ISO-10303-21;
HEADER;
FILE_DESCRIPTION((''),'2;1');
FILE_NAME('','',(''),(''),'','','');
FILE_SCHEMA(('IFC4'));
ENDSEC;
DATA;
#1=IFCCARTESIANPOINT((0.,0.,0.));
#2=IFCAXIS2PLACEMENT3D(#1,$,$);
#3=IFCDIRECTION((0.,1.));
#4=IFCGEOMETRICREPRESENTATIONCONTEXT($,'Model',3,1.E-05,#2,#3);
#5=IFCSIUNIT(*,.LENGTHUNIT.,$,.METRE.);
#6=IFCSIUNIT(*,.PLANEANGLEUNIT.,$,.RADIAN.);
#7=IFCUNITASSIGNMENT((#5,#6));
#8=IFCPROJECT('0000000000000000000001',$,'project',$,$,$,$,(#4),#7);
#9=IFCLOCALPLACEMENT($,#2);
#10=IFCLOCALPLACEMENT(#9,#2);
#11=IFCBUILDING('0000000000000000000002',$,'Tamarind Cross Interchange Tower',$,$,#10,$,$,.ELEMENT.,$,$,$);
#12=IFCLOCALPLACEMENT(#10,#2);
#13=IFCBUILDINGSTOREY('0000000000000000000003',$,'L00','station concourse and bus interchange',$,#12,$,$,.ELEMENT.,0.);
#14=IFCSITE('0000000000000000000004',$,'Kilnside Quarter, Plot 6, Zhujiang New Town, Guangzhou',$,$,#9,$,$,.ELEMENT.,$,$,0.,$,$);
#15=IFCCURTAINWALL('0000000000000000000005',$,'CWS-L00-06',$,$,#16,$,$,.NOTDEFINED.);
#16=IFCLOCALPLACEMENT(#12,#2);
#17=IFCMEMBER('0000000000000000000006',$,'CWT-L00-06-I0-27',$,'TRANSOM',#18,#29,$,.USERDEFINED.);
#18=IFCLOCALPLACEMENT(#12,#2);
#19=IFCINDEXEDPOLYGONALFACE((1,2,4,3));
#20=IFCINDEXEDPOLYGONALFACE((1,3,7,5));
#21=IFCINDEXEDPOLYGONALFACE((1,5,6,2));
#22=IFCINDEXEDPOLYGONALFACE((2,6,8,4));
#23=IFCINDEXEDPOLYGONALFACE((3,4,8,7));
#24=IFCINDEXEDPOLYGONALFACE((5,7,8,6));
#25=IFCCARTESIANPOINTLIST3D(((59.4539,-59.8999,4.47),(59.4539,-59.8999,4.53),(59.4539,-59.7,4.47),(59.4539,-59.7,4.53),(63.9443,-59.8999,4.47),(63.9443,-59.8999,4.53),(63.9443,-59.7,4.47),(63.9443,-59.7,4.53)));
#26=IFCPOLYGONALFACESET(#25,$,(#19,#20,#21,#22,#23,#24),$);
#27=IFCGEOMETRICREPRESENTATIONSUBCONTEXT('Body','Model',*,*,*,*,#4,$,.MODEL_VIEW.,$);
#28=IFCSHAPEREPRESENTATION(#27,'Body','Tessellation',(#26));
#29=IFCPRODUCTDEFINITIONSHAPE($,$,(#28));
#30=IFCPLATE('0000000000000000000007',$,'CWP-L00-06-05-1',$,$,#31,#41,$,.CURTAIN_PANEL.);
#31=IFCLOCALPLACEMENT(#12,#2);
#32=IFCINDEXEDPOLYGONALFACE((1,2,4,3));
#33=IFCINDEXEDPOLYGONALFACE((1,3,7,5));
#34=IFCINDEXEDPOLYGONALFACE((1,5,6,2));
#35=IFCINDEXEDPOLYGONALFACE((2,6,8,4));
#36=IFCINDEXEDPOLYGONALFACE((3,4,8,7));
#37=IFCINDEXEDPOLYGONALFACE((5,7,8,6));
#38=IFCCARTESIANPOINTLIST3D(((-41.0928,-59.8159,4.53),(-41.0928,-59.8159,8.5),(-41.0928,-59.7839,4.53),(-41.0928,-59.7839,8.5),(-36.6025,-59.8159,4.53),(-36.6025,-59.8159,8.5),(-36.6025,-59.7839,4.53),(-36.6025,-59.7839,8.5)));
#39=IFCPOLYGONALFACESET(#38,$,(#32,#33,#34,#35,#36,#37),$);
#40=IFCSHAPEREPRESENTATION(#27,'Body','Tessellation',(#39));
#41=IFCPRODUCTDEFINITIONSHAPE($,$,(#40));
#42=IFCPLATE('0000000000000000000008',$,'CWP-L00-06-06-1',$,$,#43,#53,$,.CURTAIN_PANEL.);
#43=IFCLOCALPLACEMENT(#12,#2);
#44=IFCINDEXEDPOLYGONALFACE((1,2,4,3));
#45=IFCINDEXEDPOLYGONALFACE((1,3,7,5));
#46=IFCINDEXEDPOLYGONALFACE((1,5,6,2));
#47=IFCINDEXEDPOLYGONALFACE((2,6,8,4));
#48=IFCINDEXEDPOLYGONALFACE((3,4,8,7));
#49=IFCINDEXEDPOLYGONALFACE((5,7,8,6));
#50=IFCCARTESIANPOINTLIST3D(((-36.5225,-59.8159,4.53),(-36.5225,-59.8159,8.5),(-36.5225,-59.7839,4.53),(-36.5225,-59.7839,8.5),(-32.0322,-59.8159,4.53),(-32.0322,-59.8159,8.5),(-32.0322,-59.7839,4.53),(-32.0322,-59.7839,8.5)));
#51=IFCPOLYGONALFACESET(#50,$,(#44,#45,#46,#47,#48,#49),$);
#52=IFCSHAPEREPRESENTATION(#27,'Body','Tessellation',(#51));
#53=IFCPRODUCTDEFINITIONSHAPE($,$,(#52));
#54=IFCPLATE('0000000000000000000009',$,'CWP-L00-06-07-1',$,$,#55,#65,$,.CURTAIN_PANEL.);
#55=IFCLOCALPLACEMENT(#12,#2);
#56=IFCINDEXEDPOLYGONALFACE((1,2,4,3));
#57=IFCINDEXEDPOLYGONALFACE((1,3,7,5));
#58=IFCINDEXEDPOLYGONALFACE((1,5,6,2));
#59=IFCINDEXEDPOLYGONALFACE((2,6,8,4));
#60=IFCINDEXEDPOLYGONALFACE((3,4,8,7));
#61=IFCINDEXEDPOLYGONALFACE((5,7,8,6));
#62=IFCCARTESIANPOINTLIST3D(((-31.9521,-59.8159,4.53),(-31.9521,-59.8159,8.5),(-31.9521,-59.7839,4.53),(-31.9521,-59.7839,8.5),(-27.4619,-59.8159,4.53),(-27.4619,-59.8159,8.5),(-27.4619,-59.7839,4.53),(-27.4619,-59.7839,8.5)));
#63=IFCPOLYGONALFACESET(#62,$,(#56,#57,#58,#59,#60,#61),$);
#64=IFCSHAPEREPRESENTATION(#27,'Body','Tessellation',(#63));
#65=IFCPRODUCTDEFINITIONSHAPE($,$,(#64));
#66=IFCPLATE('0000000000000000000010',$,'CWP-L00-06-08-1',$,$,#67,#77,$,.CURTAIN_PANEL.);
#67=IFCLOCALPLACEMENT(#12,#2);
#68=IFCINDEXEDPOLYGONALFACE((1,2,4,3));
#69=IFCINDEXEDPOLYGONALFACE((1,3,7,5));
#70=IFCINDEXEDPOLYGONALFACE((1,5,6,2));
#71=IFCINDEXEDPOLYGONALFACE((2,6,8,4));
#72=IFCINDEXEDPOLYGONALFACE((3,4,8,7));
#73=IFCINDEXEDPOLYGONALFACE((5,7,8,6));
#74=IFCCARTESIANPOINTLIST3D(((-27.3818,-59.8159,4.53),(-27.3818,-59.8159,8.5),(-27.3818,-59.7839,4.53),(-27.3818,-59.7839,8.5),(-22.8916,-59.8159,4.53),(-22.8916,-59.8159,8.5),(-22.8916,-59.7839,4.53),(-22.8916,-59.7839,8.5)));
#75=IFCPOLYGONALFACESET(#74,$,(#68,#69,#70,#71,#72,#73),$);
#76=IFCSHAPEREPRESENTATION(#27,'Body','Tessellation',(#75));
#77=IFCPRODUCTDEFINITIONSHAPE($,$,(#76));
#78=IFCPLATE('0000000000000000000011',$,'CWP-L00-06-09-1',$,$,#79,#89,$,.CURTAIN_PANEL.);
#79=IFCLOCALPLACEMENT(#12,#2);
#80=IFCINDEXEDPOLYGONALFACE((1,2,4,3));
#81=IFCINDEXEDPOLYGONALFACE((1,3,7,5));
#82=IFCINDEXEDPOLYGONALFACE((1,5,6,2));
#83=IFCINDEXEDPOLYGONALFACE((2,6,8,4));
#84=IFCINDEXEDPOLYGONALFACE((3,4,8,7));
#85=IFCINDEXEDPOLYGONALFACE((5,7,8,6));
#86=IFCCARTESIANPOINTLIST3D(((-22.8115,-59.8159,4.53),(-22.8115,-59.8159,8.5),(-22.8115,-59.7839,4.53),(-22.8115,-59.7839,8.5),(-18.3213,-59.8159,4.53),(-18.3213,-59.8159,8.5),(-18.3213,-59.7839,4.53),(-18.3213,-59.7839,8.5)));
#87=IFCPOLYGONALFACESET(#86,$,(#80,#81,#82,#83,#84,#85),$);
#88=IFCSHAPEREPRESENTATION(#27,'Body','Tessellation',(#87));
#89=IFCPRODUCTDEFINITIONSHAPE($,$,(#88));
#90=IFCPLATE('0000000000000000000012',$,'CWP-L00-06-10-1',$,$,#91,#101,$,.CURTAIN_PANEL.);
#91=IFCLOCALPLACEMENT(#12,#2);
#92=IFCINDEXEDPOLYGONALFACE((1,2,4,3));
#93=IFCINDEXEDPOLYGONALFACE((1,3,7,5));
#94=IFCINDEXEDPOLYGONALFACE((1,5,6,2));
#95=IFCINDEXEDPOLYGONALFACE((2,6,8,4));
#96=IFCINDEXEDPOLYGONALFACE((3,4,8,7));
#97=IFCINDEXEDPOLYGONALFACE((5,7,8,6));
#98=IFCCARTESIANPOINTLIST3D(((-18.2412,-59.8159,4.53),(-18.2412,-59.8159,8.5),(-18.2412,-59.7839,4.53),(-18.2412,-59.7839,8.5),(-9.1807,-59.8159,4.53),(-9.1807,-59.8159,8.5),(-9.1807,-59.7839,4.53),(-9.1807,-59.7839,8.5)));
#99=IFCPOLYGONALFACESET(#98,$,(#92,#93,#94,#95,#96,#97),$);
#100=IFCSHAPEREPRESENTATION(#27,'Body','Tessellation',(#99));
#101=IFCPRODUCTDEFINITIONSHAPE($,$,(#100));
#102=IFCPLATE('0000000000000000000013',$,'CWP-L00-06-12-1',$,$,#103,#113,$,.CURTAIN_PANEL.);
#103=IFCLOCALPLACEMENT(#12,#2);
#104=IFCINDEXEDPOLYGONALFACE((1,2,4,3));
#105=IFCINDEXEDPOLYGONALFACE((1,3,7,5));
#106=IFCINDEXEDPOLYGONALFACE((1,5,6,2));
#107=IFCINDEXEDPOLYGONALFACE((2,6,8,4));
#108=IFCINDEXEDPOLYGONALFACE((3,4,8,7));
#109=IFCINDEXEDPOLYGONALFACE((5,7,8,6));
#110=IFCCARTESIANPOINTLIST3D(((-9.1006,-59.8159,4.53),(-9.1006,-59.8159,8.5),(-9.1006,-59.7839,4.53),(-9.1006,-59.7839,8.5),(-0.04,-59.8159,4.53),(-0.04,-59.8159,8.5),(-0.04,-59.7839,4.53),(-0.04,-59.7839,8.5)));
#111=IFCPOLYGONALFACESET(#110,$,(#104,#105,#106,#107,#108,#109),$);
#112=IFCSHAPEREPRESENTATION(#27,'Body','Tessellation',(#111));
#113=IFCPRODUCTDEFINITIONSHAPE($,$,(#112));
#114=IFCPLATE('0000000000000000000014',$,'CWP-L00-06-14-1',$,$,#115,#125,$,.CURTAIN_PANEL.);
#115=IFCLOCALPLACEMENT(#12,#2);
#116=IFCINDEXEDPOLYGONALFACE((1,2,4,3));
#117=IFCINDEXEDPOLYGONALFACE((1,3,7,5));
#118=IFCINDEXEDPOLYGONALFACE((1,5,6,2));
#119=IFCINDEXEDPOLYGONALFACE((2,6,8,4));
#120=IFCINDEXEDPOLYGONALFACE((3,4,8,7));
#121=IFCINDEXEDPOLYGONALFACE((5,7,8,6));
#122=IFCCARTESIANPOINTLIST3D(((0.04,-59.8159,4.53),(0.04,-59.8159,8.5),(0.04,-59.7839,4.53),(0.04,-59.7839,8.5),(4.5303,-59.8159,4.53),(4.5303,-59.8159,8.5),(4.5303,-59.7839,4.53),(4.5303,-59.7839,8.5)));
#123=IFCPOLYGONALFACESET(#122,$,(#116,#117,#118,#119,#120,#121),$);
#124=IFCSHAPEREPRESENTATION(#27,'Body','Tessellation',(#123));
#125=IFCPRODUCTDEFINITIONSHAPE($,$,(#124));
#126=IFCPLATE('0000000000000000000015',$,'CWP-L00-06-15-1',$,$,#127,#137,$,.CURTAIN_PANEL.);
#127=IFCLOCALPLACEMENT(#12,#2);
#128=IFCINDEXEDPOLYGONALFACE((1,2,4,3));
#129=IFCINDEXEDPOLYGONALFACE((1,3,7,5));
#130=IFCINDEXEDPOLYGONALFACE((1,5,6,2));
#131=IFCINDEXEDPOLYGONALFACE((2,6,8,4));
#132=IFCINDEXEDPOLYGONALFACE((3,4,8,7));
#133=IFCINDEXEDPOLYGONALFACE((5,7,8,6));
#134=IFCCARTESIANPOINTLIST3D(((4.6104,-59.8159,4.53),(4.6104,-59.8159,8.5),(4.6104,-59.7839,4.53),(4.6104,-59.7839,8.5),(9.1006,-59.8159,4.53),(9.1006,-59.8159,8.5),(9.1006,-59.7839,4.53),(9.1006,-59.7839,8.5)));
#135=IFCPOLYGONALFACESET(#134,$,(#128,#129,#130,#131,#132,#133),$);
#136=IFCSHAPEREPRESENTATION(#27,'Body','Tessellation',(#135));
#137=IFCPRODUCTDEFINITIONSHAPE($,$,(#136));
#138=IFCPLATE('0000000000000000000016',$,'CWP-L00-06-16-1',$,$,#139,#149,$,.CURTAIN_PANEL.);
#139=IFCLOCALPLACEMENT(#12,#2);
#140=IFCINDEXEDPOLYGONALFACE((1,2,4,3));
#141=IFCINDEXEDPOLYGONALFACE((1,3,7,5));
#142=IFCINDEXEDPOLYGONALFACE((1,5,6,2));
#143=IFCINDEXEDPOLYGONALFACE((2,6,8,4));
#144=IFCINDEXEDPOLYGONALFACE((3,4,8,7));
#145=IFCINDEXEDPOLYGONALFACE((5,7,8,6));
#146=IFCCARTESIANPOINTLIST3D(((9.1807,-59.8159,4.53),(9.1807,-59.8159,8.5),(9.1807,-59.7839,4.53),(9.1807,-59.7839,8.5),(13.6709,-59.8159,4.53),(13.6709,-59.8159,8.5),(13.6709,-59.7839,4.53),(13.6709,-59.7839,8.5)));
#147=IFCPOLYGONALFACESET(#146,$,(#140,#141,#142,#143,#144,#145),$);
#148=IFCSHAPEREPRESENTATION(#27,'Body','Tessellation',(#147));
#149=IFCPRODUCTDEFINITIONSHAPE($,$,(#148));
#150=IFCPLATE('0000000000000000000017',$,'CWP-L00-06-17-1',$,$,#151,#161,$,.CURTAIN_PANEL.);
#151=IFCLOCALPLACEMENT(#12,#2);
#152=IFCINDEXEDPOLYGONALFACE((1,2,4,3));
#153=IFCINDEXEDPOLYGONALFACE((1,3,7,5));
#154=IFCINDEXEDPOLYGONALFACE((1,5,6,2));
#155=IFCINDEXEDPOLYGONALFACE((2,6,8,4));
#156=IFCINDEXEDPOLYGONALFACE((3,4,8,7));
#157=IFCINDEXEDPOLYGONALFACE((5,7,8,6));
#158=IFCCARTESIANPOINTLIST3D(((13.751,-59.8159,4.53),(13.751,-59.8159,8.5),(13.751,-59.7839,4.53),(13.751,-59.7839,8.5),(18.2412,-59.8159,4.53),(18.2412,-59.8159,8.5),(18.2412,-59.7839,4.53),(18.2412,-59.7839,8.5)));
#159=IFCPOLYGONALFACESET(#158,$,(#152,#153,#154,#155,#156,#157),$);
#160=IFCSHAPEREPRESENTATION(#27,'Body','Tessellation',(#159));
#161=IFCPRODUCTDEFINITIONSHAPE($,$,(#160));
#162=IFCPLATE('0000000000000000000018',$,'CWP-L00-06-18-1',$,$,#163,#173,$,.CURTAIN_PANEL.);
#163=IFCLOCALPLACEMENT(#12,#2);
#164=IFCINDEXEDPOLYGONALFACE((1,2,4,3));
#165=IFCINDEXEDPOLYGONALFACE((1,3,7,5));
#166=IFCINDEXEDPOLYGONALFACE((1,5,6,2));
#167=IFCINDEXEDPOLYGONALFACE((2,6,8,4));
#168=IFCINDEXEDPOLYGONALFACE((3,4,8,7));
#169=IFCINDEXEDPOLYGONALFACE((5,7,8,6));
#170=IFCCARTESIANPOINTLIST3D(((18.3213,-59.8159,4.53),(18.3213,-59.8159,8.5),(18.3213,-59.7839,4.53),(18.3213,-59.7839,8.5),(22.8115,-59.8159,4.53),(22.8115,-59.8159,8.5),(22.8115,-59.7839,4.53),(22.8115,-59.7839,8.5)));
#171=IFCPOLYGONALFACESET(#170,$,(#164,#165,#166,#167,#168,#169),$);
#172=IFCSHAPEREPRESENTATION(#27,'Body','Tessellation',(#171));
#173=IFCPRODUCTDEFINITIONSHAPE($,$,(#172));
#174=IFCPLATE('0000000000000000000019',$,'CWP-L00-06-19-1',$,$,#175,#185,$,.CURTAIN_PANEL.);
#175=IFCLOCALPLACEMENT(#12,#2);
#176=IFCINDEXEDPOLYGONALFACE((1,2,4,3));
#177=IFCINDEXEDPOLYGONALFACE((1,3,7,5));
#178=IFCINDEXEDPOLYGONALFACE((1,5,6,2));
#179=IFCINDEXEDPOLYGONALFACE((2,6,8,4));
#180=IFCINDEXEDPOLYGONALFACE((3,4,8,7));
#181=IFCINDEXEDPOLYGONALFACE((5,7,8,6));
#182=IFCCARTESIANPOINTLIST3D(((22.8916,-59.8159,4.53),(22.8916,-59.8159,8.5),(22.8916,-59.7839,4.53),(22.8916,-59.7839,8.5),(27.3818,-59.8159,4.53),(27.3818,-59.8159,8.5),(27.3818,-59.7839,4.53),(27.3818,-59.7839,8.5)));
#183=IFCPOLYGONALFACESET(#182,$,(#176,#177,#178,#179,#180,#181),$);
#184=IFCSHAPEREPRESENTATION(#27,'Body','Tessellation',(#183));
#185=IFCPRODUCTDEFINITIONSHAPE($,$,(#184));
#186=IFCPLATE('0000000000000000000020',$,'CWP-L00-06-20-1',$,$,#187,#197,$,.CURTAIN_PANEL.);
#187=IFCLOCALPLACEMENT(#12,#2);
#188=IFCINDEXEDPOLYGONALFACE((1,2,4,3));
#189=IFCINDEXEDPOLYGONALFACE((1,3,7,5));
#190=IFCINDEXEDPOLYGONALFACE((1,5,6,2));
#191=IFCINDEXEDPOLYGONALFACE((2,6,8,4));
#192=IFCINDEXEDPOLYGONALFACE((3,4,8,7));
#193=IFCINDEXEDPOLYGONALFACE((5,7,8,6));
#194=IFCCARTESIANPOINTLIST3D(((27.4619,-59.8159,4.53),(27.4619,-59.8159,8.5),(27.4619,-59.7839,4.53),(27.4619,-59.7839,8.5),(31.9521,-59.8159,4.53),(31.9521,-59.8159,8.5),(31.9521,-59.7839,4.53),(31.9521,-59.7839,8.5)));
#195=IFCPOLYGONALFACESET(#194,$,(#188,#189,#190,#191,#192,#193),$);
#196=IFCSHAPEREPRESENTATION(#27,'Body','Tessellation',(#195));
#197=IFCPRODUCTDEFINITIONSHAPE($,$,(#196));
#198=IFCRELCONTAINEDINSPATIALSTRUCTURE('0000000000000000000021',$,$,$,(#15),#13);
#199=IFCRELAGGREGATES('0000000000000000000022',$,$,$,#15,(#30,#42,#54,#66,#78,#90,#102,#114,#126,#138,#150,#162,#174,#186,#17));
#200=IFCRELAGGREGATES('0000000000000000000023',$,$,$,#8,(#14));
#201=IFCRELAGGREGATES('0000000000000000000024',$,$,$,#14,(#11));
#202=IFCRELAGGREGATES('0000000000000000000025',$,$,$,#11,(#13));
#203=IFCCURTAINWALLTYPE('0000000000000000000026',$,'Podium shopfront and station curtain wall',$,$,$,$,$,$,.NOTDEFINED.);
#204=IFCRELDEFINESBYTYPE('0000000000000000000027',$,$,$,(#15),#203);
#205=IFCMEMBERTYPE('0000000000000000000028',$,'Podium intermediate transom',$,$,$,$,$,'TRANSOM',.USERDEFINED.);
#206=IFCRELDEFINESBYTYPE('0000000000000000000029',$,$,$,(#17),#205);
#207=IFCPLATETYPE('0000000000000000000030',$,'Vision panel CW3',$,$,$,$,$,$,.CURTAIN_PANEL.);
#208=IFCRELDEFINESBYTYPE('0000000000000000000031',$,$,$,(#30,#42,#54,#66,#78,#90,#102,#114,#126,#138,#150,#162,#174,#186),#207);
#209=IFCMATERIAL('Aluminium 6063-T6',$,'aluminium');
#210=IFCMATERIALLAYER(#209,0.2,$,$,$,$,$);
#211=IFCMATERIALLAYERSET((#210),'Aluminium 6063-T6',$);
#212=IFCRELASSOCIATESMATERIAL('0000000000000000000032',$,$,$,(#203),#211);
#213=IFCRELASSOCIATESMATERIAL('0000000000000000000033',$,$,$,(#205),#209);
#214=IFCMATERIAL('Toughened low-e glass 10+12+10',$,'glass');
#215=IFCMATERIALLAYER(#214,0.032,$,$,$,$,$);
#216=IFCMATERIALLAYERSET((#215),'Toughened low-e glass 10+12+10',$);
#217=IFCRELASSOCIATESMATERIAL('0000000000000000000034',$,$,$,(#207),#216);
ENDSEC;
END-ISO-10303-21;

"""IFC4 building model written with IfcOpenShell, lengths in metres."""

from ifc_helpers import new_model, si_unit, direction, frame, origin, place, context, subcontext, project, spatial, polyline, outline, extrude, material, layer, layer_set, type_object, element, aggregate, save


model = new_model("IFC4")

# Units and contexts
model_context = context("Model", 3, precision=1e-05, world=origin(), true_north=direction((0.0, 1.0)))
body_context = subcontext(model_context, "Body", "Model", "MODEL_VIEW")
ifc_project = project(units=[si_unit("LENGTHUNIT", "METRE"), si_unit("PLANEANGLEUNIT", "RADIAN")], contexts=[model_context])

# Site, building, storey
site_placement = place(None, origin())
site = spatial("IfcSite", under=ifc_project, at=site_placement, Name="Kilnside Quarter, Plot 6, Zhujiang New Town, Guangzhou", CompositionType="ELEMENT", RefElevation=0.0)
building_placement = place(site_placement, origin())
building = spatial("IfcBuilding", under=site, at=building_placement, Name="Tamarind Cross Interchange Tower", CompositionType="ELEMENT")
storey_placement = place(building_placement, origin())
storey = spatial("IfcBuildingStorey", under=building, at=storey_placement, Name="L00", Description="station concourse and bus interchange", CompositionType="ELEMENT", Elevation=0.0)

# Curtain wall, member, plates
ifc_material_1 = material(Name="Aluminium 6063-T6", Category="aluminium")
ifc_layer_1 = layer(ifc_material_1, 0.2)
ifc_layer_set_1 = layer_set([ifc_layer_1], Name="Aluminium 6063-T6")
curtain_wall_type = type_object("IfcCurtainWallType", Name="Podium shopfront and station curtain wall", PredefinedType="NOTDEFINED", material=ifc_layer_set_1)
curtain_wall_placement = place(storey_placement, origin())
curtain_wall = element("IfcCurtainWall", 1, at=curtain_wall_placement, inside=storey, type_object=curtain_wall_type, Name="CWS-L00-06", PredefinedType="NOTDEFINED")
member_type = type_object("IfcMemberType", Name="Podium intermediate transom", ElementType="TRANSOM", PredefinedType="USERDEFINED", material=ifc_material_1)
member_1_placement = place(storey_placement, frame((0.0, 0.0, 4.47)))
member_1 = element("IfcMember", 2, at=member_1_placement, type_object=member_type, Name="CWT-L00-06-I0-27", ObjectType="TRANSOM", PredefinedType="USERDEFINED", context=body_context, shape_type="SweptSolid", body=[
    extrude(outline(polyline([(59.4539, -59.7), (63.9443, -59.7), (63.9443, -59.8999), (59.4539, -59.8999), (59.4539, -59.7)])), origin(), (0.0, 0.0, 1.0), 0.0601),
])
ifc_material_2 = material(Name="Toughened low-e glass 10+12+10", Category="glass")
ifc_layer_2 = layer(ifc_material_2, 0.032)
ifc_layer_set_2 = layer_set([ifc_layer_2], Name="Toughened low-e glass 10+12+10")
plate_type = type_object("IfcPlateType", Name="Vision panel CW3", PredefinedType="CURTAIN_PANEL", material=ifc_layer_set_2)
plate_1_placement = place(storey_placement, frame((0.0, 0.0, 4.53)))
plate_1 = element("IfcPlate", 3, at=plate_1_placement, type_object=plate_type, Name="CWP-L00-06-05-1", PredefinedType="CURTAIN_PANEL", context=body_context, shape_type="SweptSolid", body=[
    extrude(outline(polyline([(-41.0928, -59.7839), (-36.6025, -59.7839), (-36.6025, -59.8159), (-41.0928, -59.8159), (-41.0928, -59.7839)])), origin(), (0.0, 0.0, 1.0), 3.97),
])
plate_2_placement = place(storey_placement, frame((0.0, 0.0, 4.53)))
plate_2 = element("IfcPlate", 4, at=plate_2_placement, type_object=plate_type, Name="CWP-L00-06-06-1", PredefinedType="CURTAIN_PANEL", context=body_context, shape_type="SweptSolid", body=[
    extrude(outline(polyline([(-36.5225, -59.7839), (-32.0322, -59.7839), (-32.0322, -59.8159), (-36.5225, -59.8159), (-36.5225, -59.7839)])), origin(), (0.0, 0.0, 1.0), 3.97),
])
plate_3_placement = place(storey_placement, frame((0.0, 0.0, 4.53)))
plate_3 = element("IfcPlate", 5, at=plate_3_placement, type_object=plate_type, Name="CWP-L00-06-07-1", PredefinedType="CURTAIN_PANEL", context=body_context, shape_type="SweptSolid", body=[
    extrude(outline(polyline([(-31.9521, -59.7839), (-27.4619, -59.7839), (-27.4619, -59.8159), (-31.9521, -59.8159), (-31.9521, -59.7839)])), origin(), (0.0, 0.0, 1.0), 3.97),
])
plate_4_placement = place(storey_placement, frame((0.0, 0.0, 4.53)))
plate_4 = element("IfcPlate", 6, at=plate_4_placement, type_object=plate_type, Name="CWP-L00-06-08-1", PredefinedType="CURTAIN_PANEL", context=body_context, shape_type="SweptSolid", body=[
    extrude(outline(polyline([(-27.3818, -59.7839), (-22.8916, -59.7839), (-22.8916, -59.8159), (-27.3818, -59.8159), (-27.3818, -59.7839)])), origin(), (0.0, 0.0, 1.0), 3.97),
])
plate_5_placement = place(storey_placement, frame((0.0, 0.0, 4.53)))
plate_5 = element("IfcPlate", 7, at=plate_5_placement, type_object=plate_type, Name="CWP-L00-06-09-1", PredefinedType="CURTAIN_PANEL", context=body_context, shape_type="SweptSolid", body=[
    extrude(outline(polyline([(-22.8115, -59.7839), (-18.3213, -59.7839), (-18.3213, -59.8159), (-22.8115, -59.8159), (-22.8115, -59.7839)])), origin(), (0.0, 0.0, 1.0), 3.97),
])
plate_6_placement = place(storey_placement, frame((0.0, 0.0, 4.53)))
plate_6 = element("IfcPlate", 8, at=plate_6_placement, type_object=plate_type, Name="CWP-L00-06-10-1", PredefinedType="CURTAIN_PANEL", context=body_context, shape_type="SweptSolid", body=[
    extrude(outline(polyline([(-18.2412, -59.7839), (-9.1807, -59.7839), (-9.1807, -59.8159), (-18.2412, -59.8159), (-18.2412, -59.7839)])), origin(), (0.0, 0.0, 1.0), 3.97),
])
plate_7_placement = place(storey_placement, frame((0.0, 0.0, 4.53)))
plate_7 = element("IfcPlate", 9, at=plate_7_placement, type_object=plate_type, Name="CWP-L00-06-12-1", PredefinedType="CURTAIN_PANEL", context=body_context, shape_type="SweptSolid", body=[
    extrude(outline(polyline([(-9.1006, -59.7839), (-0.04, -59.7839), (-0.04, -59.8159), (-9.1006, -59.8159), (-9.1006, -59.7839)])), origin(), (0.0, 0.0, 1.0), 3.97),
])
plate_8_placement = place(storey_placement, frame((0.0, 0.0, 4.53)))
plate_8 = element("IfcPlate", 10, at=plate_8_placement, type_object=plate_type, Name="CWP-L00-06-14-1", PredefinedType="CURTAIN_PANEL", context=body_context, shape_type="SweptSolid", body=[
    extrude(outline(polyline([(0.04, -59.7839), (4.5303, -59.7839), (4.5303, -59.8159), (0.04, -59.8159), (0.04, -59.7839)])), origin(), (0.0, 0.0, 1.0), 3.97),
])
plate_9_placement = place(storey_placement, frame((0.0, 0.0, 4.53)))
plate_9 = element("IfcPlate", 11, at=plate_9_placement, type_object=plate_type, Name="CWP-L00-06-15-1", PredefinedType="CURTAIN_PANEL", context=body_context, shape_type="SweptSolid", body=[
    extrude(outline(polyline([(4.6104, -59.7839), (9.1006, -59.7839), (9.1006, -59.8159), (4.6104, -59.8159), (4.6104, -59.7839)])), origin(), (0.0, 0.0, 1.0), 3.97),
])
plate_10_placement = place(storey_placement, frame((0.0, 0.0, 4.53)))
plate_10 = element("IfcPlate", 12, at=plate_10_placement, type_object=plate_type, Name="CWP-L00-06-16-1", PredefinedType="CURTAIN_PANEL", context=body_context, shape_type="SweptSolid", body=[
    extrude(outline(polyline([(9.1807, -59.7839), (13.6709, -59.7839), (13.6709, -59.8159), (9.1807, -59.8159), (9.1807, -59.7839)])), origin(), (0.0, 0.0, 1.0), 3.97),
])
plate_11_placement = place(storey_placement, frame((0.0, 0.0, 4.53)))
plate_11 = element("IfcPlate", 13, at=plate_11_placement, type_object=plate_type, Name="CWP-L00-06-17-1", PredefinedType="CURTAIN_PANEL", context=body_context, shape_type="SweptSolid", body=[
    extrude(outline(polyline([(13.751, -59.7839), (18.2412, -59.7839), (18.2412, -59.8159), (13.751, -59.8159), (13.751, -59.7839)])), origin(), (0.0, 0.0, 1.0), 3.97),
])
plate_12_placement = place(storey_placement, frame((0.0, 0.0, 4.53)))
plate_12 = element("IfcPlate", 14, at=plate_12_placement, type_object=plate_type, Name="CWP-L00-06-18-1", PredefinedType="CURTAIN_PANEL", context=body_context, shape_type="SweptSolid", body=[
    extrude(outline(polyline([(18.3213, -59.7839), (22.8115, -59.7839), (22.8115, -59.8159), (18.3213, -59.8159), (18.3213, -59.7839)])), origin(), (0.0, 0.0, 1.0), 3.97),
])
plate_13_placement = place(storey_placement, frame((0.0, 0.0, 4.53)))
plate_13 = element("IfcPlate", 15, at=plate_13_placement, type_object=plate_type, Name="CWP-L00-06-19-1", PredefinedType="CURTAIN_PANEL", context=body_context, shape_type="SweptSolid", body=[
    extrude(outline(polyline([(22.8916, -59.7839), (27.3818, -59.7839), (27.3818, -59.8159), (22.8916, -59.8159), (22.8916, -59.7839)])), origin(), (0.0, 0.0, 1.0), 3.97),
])
plate_14_placement = place(storey_placement, frame((0.0, 0.0, 4.53)))
plate_14 = element("IfcPlate", 16, at=plate_14_placement, type_object=plate_type, Name="CWP-L00-06-20-1", PredefinedType="CURTAIN_PANEL", context=body_context, shape_type="SweptSolid", body=[
    extrude(outline(polyline([(27.4619, -59.7839), (31.9521, -59.7839), (31.9521, -59.8159), (27.4619, -59.8159), (27.4619, -59.7839)])), origin(), (0.0, 0.0, 1.0), 3.97),
])
aggregate(curtain_wall, [plate_1, plate_2, plate_3, plate_4, plate_5, plate_6, plate_7, plate_8, plate_9, plate_10, plate_11, plate_12, plate_13, plate_14, member_1])

save(model, "model.ifc")
